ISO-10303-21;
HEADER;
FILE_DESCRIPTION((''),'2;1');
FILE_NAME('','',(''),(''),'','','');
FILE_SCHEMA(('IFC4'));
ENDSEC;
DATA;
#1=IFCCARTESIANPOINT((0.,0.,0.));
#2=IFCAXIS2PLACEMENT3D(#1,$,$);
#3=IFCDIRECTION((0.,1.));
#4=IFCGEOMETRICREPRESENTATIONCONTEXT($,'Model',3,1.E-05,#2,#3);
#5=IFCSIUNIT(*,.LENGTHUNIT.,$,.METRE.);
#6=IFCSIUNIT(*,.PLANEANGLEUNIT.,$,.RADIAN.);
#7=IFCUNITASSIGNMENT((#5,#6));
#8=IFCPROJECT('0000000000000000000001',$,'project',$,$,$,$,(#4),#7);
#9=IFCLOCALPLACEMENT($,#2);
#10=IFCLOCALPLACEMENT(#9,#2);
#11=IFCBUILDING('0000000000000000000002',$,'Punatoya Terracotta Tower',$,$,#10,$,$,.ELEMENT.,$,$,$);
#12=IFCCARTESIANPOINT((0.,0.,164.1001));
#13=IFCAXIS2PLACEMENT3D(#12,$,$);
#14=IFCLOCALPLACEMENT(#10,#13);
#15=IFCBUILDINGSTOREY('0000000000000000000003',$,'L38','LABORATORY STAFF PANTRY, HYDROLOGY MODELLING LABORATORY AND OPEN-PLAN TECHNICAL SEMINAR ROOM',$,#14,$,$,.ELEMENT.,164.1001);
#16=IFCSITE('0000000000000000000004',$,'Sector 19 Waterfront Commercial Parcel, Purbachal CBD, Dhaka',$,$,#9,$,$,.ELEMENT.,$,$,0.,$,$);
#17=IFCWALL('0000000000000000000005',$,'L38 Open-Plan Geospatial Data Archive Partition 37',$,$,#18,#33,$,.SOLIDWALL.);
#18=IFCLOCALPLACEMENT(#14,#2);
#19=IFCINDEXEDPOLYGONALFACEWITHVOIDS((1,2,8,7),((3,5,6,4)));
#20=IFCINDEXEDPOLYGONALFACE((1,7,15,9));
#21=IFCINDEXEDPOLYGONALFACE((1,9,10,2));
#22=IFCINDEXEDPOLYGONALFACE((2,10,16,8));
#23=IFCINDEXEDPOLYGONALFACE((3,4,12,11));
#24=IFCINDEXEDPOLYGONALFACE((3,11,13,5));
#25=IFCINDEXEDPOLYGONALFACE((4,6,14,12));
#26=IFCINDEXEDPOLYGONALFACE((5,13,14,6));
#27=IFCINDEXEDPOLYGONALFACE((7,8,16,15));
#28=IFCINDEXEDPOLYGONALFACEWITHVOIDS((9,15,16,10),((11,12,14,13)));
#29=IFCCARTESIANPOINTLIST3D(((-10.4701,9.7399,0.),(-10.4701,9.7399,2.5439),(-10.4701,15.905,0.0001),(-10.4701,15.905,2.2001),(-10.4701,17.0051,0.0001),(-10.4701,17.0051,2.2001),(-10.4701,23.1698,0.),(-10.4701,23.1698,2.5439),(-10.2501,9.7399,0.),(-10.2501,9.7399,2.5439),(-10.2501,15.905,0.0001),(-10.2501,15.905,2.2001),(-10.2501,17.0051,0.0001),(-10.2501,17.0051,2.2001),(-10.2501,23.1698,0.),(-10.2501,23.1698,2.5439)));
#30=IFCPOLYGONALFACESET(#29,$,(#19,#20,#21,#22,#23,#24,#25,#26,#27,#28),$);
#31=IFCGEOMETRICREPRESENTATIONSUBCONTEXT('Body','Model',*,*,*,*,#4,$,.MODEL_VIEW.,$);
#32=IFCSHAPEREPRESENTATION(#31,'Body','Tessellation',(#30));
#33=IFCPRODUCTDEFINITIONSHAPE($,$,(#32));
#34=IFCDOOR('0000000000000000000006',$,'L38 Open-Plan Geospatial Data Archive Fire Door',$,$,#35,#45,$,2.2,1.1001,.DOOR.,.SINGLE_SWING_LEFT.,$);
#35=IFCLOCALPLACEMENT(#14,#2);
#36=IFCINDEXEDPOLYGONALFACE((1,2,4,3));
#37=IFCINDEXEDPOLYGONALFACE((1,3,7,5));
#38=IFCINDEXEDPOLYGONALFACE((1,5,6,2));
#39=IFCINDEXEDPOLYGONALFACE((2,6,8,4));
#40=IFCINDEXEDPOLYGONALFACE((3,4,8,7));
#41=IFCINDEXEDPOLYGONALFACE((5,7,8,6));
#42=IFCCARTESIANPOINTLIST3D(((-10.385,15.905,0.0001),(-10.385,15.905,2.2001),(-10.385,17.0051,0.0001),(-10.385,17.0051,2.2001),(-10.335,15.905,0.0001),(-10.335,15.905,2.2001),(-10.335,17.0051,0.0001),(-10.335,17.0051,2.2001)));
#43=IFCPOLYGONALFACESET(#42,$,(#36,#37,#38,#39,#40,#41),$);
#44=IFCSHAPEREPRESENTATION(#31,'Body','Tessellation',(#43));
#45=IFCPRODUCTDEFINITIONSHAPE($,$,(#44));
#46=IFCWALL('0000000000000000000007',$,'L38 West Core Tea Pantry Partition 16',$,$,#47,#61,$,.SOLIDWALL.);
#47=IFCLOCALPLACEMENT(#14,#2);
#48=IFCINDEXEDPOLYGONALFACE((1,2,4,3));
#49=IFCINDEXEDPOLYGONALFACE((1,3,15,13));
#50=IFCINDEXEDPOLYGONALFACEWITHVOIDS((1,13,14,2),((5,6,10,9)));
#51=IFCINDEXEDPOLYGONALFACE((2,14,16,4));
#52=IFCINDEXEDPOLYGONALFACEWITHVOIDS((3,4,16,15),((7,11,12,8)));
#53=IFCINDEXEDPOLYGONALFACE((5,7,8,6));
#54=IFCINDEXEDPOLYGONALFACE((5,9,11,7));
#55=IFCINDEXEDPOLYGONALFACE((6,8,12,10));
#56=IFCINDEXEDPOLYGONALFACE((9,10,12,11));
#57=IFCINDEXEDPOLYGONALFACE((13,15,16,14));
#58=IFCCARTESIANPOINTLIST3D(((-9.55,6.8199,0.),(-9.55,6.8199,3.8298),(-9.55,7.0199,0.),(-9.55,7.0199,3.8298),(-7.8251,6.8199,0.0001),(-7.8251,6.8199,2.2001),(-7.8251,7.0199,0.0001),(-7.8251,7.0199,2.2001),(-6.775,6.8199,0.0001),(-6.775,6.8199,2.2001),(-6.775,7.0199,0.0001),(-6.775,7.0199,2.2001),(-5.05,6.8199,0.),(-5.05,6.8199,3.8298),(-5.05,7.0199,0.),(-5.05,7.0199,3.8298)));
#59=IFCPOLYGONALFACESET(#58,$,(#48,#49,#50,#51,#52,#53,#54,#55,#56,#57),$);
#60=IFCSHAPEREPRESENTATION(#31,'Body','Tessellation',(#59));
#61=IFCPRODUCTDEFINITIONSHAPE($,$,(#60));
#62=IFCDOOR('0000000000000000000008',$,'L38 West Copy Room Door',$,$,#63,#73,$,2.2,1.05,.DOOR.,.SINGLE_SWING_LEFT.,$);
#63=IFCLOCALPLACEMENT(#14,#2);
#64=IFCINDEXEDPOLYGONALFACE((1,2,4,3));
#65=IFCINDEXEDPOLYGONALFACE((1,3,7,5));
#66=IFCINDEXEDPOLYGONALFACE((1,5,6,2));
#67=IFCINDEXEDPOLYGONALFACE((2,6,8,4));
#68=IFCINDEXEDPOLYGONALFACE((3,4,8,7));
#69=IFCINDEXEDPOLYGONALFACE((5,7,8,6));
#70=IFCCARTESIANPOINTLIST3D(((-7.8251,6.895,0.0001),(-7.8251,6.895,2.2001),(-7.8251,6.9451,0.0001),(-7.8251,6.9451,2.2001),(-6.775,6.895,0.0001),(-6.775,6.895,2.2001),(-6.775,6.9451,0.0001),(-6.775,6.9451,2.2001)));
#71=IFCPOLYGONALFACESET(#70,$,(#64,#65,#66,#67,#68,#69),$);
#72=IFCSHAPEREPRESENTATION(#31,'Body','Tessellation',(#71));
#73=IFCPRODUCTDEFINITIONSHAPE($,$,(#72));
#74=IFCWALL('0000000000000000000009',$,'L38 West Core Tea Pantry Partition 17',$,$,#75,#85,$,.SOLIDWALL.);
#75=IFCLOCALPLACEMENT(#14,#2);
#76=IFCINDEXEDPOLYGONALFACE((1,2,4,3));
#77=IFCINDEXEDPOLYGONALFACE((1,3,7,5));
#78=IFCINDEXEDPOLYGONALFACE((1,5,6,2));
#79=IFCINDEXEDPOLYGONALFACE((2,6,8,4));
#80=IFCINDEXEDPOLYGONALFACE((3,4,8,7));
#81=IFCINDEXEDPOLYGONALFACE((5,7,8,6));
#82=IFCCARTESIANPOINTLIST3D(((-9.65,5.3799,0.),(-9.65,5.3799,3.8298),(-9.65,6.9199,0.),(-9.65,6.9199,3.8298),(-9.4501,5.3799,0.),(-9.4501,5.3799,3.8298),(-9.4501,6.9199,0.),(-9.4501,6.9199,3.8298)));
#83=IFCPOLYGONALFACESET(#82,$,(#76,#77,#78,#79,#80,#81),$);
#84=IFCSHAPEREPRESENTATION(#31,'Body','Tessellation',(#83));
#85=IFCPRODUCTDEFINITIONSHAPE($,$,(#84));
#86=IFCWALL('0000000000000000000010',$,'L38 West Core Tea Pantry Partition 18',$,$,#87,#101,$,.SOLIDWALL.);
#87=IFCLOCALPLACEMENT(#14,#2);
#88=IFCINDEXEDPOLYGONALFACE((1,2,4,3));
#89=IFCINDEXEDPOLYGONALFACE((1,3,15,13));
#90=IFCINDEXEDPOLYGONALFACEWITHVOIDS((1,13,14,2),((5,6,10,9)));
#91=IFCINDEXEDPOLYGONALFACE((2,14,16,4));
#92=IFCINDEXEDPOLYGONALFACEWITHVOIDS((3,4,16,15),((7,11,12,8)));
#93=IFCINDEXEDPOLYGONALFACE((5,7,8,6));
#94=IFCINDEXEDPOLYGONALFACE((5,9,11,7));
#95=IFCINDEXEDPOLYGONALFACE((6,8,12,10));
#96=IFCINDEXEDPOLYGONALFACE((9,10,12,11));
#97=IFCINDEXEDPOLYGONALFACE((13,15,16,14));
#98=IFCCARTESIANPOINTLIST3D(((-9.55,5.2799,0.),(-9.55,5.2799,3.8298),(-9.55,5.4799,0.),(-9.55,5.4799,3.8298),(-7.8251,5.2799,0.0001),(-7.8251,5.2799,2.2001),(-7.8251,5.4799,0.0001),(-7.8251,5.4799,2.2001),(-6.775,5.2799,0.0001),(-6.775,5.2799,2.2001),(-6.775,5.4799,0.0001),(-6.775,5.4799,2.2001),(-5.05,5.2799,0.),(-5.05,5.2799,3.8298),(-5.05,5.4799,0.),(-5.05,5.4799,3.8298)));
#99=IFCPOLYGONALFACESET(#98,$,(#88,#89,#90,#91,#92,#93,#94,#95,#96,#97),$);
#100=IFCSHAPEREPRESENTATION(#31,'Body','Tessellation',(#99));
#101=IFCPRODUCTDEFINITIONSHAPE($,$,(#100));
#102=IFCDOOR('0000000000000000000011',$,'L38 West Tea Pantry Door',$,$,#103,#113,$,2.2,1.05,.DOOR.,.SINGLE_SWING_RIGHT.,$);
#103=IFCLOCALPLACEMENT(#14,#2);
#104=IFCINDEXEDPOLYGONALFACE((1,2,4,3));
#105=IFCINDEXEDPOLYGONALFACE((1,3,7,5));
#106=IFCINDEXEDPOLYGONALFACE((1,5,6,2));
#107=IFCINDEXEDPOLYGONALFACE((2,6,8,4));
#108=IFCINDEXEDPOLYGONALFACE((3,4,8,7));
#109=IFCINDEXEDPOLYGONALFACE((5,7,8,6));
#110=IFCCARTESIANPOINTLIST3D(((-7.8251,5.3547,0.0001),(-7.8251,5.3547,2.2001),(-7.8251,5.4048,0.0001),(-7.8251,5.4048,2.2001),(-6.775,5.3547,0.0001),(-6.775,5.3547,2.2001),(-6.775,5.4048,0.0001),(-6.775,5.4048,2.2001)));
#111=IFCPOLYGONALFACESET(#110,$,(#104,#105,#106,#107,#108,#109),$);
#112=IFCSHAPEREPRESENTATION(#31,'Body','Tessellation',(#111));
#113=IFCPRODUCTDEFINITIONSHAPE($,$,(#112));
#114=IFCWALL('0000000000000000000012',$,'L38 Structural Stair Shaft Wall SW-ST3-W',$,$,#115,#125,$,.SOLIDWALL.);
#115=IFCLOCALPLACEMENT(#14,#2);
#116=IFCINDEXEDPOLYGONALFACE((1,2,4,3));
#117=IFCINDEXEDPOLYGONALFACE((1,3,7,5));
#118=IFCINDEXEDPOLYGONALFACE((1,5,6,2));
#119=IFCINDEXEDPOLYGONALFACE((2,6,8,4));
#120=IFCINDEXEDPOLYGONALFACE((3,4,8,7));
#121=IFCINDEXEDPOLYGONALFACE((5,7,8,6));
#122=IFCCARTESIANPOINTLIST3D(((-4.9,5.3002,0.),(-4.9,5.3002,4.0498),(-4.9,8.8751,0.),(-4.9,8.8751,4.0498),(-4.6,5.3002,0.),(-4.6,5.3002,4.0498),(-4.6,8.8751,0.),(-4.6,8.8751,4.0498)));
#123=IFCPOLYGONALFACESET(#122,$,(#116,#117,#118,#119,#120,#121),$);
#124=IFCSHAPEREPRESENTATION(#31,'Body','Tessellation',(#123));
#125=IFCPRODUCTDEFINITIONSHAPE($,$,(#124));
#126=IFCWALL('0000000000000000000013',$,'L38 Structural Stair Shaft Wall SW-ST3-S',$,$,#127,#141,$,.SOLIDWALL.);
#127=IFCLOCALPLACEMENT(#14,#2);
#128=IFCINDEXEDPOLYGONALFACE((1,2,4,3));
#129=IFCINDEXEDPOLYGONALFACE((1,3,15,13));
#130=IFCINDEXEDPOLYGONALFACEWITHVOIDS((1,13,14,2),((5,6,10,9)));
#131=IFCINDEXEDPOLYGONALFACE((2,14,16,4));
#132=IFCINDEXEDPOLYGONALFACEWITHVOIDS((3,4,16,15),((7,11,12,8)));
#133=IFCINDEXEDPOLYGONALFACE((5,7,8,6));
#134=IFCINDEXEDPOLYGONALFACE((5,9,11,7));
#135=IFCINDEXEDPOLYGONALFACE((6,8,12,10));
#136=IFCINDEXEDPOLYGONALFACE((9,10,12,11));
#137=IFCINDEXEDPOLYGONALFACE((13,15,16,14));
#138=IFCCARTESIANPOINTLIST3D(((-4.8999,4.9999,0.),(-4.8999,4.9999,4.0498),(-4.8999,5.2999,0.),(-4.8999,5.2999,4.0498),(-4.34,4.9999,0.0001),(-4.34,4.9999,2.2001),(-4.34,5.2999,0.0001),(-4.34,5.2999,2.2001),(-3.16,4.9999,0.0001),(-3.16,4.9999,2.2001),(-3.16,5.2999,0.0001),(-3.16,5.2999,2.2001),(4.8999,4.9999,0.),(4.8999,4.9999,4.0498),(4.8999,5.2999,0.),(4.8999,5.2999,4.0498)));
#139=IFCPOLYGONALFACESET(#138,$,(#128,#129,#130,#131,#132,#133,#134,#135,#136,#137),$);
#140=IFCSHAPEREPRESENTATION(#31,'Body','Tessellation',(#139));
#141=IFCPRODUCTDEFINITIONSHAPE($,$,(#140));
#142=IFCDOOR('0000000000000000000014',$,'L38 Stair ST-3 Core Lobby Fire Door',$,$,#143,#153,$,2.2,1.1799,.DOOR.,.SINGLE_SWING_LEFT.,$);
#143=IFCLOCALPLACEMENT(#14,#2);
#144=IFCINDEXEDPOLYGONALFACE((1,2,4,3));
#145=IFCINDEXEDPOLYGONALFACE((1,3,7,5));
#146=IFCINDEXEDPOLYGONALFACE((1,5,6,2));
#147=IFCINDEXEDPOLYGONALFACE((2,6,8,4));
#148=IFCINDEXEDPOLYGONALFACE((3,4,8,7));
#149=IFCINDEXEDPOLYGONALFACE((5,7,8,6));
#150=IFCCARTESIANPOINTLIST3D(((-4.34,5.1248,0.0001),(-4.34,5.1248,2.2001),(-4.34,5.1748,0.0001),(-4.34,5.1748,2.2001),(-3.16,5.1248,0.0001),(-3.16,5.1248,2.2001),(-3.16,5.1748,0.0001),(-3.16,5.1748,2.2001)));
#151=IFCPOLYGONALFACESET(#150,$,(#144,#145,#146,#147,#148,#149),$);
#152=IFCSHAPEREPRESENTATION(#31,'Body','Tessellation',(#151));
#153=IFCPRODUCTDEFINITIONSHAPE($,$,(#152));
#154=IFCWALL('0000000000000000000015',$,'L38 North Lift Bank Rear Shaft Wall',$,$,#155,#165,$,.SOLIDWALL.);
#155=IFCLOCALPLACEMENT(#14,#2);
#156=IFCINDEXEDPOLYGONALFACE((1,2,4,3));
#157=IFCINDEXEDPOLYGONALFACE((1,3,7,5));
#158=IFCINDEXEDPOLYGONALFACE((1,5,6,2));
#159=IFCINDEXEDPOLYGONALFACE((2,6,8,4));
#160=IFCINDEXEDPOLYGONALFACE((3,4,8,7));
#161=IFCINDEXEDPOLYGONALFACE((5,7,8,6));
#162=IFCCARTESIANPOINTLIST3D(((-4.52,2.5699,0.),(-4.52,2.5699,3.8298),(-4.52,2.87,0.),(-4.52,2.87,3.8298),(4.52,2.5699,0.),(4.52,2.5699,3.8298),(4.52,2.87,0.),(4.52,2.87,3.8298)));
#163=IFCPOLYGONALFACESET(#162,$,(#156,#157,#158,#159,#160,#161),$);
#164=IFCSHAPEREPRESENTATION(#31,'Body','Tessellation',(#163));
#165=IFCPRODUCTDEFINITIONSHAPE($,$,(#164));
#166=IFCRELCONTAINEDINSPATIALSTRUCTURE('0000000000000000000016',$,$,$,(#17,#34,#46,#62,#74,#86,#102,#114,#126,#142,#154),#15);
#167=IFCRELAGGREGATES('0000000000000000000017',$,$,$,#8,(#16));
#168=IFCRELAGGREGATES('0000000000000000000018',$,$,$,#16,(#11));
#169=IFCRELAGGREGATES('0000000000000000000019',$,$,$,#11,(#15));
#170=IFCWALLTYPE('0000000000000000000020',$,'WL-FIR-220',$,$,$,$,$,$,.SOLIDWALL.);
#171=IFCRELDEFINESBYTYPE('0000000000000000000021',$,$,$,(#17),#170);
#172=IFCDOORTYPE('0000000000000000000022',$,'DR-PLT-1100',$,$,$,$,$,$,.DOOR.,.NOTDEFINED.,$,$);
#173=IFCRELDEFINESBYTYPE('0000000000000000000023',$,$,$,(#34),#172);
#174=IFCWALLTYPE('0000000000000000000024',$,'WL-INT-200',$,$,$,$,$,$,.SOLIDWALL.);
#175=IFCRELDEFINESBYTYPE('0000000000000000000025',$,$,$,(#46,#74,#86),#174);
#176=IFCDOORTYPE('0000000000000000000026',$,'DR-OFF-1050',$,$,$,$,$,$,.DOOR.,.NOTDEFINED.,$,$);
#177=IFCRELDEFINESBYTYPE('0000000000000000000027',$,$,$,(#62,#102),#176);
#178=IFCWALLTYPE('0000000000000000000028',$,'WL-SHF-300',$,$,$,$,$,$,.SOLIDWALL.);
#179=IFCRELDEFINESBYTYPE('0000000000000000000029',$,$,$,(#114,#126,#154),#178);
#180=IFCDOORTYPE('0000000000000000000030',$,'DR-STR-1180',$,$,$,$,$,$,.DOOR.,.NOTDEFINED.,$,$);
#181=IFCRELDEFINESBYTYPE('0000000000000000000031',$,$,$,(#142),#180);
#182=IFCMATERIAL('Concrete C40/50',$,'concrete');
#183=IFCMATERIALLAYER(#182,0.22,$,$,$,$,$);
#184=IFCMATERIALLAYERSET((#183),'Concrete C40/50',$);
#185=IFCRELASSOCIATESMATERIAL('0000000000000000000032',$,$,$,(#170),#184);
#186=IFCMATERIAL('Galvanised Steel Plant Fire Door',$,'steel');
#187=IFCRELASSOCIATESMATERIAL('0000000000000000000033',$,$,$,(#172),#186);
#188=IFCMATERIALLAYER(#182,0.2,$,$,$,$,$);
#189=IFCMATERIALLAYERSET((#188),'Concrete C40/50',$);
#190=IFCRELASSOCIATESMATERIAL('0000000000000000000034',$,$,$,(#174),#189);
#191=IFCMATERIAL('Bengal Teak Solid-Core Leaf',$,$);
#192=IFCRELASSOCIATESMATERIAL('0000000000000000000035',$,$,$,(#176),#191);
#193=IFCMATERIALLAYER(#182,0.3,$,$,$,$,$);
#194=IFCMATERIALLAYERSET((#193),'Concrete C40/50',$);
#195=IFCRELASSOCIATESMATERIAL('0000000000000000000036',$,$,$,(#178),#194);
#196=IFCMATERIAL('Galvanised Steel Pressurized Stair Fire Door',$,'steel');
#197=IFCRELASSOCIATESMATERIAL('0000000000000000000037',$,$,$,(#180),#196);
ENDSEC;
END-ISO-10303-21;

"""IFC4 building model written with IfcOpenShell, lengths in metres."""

from ifc_helpers import new_model, si_unit, direction, frame, frame_2d, origin, place, context, subcontext, project, spatial, rectangle, extrude, material, layer, layer_set, type_object, element, fill, save


model = new_model("IFC4")

# Units and contexts
model_context = context("Model", 3, precision=1e-05, world=origin(), true_north=direction((0.0, 1.0)))
body_context = subcontext(model_context, "Body", "Model", "MODEL_VIEW")
ifc_project = project(units=[si_unit("LENGTHUNIT", "METRE"), si_unit("PLANEANGLEUNIT", "RADIAN")], contexts=[model_context])

# Site, building, storey
site_placement = place(None, origin())
site = spatial("IfcSite", under=ifc_project, at=site_placement, Name="Sector 19 Waterfront Commercial Parcel, Purbachal CBD, Dhaka", CompositionType="ELEMENT", RefElevation=0.0)
building_placement = place(site_placement, origin())
building = spatial("IfcBuilding", under=site, at=building_placement, Name="Punatoya Terracotta Tower", CompositionType="ELEMENT")
storey_placement = place(building_placement, frame((0.0, 0.0, 164.1001)))
storey = spatial("IfcBuildingStorey", under=building, at=storey_placement, Name="L38", Description="LABORATORY STAFF PANTRY, HYDROLOGY MODELLING LABORATORY AND OPEN-PLAN TECHNICAL SEMINAR ROOM", CompositionType="ELEMENT", Elevation=164.1001)

# Shared definitions
ifc_material_1 = material(Name="Concrete C40/50", Category="concrete")
ifc_layer_1 = layer(ifc_material_1, 0.22)
ifc_layer_set_1 = layer_set([ifc_layer_1], Name="Concrete C40/50")
wall_type_1 = type_object("IfcWallType", Name="WL-FIR-220", PredefinedType="SOLIDWALL", material=ifc_layer_set_1)

# Walls, openings, doors
wall_1_placement = place(storey_placement, frame((-10.3601, 9.74, 0.0), z_axis=(0.0, 0.0, 1.0), x_axis=(0.0, 1.0, 0.0)))
wall_1 = element("IfcWall", 1, at=wall_1_placement, inside=storey, type_object=wall_type_1, Name="L38 Open-Plan Geospatial Data Archive Partition 37", PredefinedType="SOLIDWALL", context=body_context, shape_type="SweptSolid", body=[
    extrude(rectangle(XDim=13.4299, YDim=0.22, at=frame_2d((6.7148, 0.0))), origin(), (0.0, 0.0, 1.0), 2.5439),
])
opening_1_placement = place(wall_1_placement, frame((6.165, 0.0, 0.0)))
opening_1 = element("IfcOpeningElement", 2, at=opening_1_placement, cuts=wall_1, PredefinedType="OPENING", context=body_context, shape_type="SweptSolid", body=[
    extrude(rectangle(XDim=1.1001, YDim=2.2, at=frame_2d((0.55, 1.1001))), frame((0.0, 0.1199, 0.0), z_axis=(0.0, -1.0, 0.0), x_axis=(1.0, 0.0, 0.0)), (0.0, 0.0, 1.0), 0.24),
])
ifc_material_2 = material(Name="Galvanised Steel Plant Fire Door", Category="steel")
door_type_1 = type_object("IfcDoorType", Name="DR-PLT-1100", OperationType="NOTDEFINED", PredefinedType="DOOR", material=ifc_material_2)
door_1_placement = place(opening_1_placement, origin())
door_1 = element("IfcDoor", 3, at=door_1_placement, inside=storey, type_object=door_type_1, Name="L38 Open-Plan Geospatial Data Archive Fire Door", OperationType="SINGLE_SWING_LEFT", OverallHeight=2.2, OverallWidth=1.1001, PredefinedType="DOOR", context=body_context, shape_type="SweptSolid", body=[
    extrude(rectangle(XDim=1.1001, YDim=2.2, at=frame_2d((0.55, 1.1001))), frame((0.0, 0.0249, 0.0), z_axis=(0.0, -1.0, 0.0), x_axis=(1.0, 0.0, 0.0)), (0.0, 0.0, 1.0), 0.05),
])
fill(opening_1, door_1)
ifc_layer_2 = layer(ifc_material_1, 0.2)
ifc_layer_set_2 = layer_set([ifc_layer_2], Name="Concrete C40/50")
wall_type_2 = type_object("IfcWallType", Name="WL-INT-200", PredefinedType="SOLIDWALL", material=ifc_layer_set_2)
wall_2_placement = place(storey_placement, frame((-5.05, 6.9199, 0.0), z_axis=(0.0, 0.0, 1.0), x_axis=(-1.0, 0.0, 0.0)))
wall_2 = element("IfcWall", 4, at=wall_2_placement, inside=storey, type_object=wall_type_2, Name="L38 West Core Tea Pantry Partition 16", PredefinedType="SOLIDWALL", context=body_context, shape_type="SweptSolid", body=[
    extrude(rectangle(XDim=4.5, YDim=0.2, at=frame_2d((2.25, 0.0))), origin(), (0.0, 0.0, 1.0), 3.8298),
])
opening_2_placement = place(wall_2_placement, frame((1.7251, 0.0, 0.0)))
opening_2 = element("IfcOpeningElement", 5, at=opening_2_placement, cuts=wall_2, PredefinedType="OPENING", context=body_context, shape_type="SweptSolid", body=[
    extrude(rectangle(XDim=1.05, YDim=2.2, at=frame_2d((0.5249, 1.1001))), frame((0.0, 0.1099, 0.0), z_axis=(0.0, -1.0, 0.0), x_axis=(1.0, 0.0, 0.0)), (0.0, 0.0, 1.0), 0.22),
])
ifc_material_3 = material(Name="Bengal Teak Solid-Core Leaf")
door_type_2 = type_object("IfcDoorType", Name="DR-OFF-1050", OperationType="NOTDEFINED", PredefinedType="DOOR", material=ifc_material_3)
door_2_placement = place(opening_2_placement, origin())
door_2 = element("IfcDoor", 6, at=door_2_placement, inside=storey, type_object=door_type_2, Name="L38 West Copy Room Door", OperationType="SINGLE_SWING_LEFT", OverallHeight=2.2, OverallWidth=1.05, PredefinedType="DOOR", context=body_context, shape_type="SweptSolid", body=[
    extrude(rectangle(XDim=1.05, YDim=2.2, at=frame_2d((0.5249, 1.1001))), frame((0.0, 0.0249, 0.0), z_axis=(0.0, -1.0, 0.0), x_axis=(1.0, 0.0, 0.0)), (0.0, 0.0, 1.0), 0.05),
])
fill(opening_2, door_2)

# Wall
wall_3_placement = place(storey_placement, frame((-9.55, 6.9199, 0.0), z_axis=(0.0, 0.0, 1.0), x_axis=(0.0, -1.0, 0.0)))
element("IfcWall", 7, at=wall_3_placement, inside=storey, type_object=wall_type_2, Name="L38 West Core Tea Pantry Partition 17", PredefinedType="SOLIDWALL", context=body_context, shape_type="SweptSolid", body=[
    extrude(rectangle(XDim=1.54, YDim=0.2, at=frame_2d((0.77, 0.0))), origin(), (0.0, 0.0, 1.0), 3.8298),
])

# Wall, opening, door
wall_4_placement = place(storey_placement, frame((-9.55, 5.3799, 0.0), z_axis=(0.0, 0.0, 1.0), x_axis=(1.0, 0.0, 0.0)))
wall_4 = element("IfcWall", 8, at=wall_4_placement, inside=storey, type_object=wall_type_2, Name="L38 West Core Tea Pantry Partition 18", PredefinedType="SOLIDWALL", context=body_context, shape_type="SweptSolid", body=[
    extrude(rectangle(XDim=4.5, YDim=0.2, at=frame_2d((2.25, 0.0))), origin(), (0.0, 0.0, 1.0), 3.8298),
])
opening_3_placement = place(wall_4_placement, frame((1.7251, 0.0, 0.0)))
opening_3 = element("IfcOpeningElement", 9, at=opening_3_placement, cuts=wall_4, PredefinedType="OPENING", context=body_context, shape_type="SweptSolid", body=[
    extrude(rectangle(XDim=1.05, YDim=2.2, at=frame_2d((0.5249, 1.1001))), frame((0.0, 0.1099, 0.0), z_axis=(0.0, -1.0, 0.0), x_axis=(1.0, 0.0, 0.0)), (0.0, 0.0, 1.0), 0.22),
])
door_3_placement = place(opening_3_placement, origin())
door_3 = element("IfcDoor", 10, at=door_3_placement, inside=storey, type_object=door_type_2, Name="L38 West Tea Pantry Door", OperationType="SINGLE_SWING_RIGHT", OverallHeight=2.2, OverallWidth=1.05, PredefinedType="DOOR", context=body_context, shape_type="SweptSolid", body=[
    extrude(rectangle(XDim=1.05, YDim=2.2, at=frame_2d((0.5249, 1.1001))), frame((0.0, 0.0249, 0.0), z_axis=(0.0, -1.0, 0.0), x_axis=(1.0, 0.0, 0.0)), (0.0, 0.0, 1.0), 0.05),
])
fill(opening_3, door_3)

# Wall
ifc_layer_3 = layer(ifc_material_1, 0.3)
ifc_layer_set_3 = layer_set([ifc_layer_3], Name="Concrete C40/50")
wall_type_3 = type_object("IfcWallType", Name="WL-SHF-300", PredefinedType="SOLIDWALL", material=ifc_layer_set_3)
wall_5_placement = place(storey_placement, frame((-4.75, 5.3, 0.0), z_axis=(0.0, 0.0, 1.0), x_axis=(0.0, 1.0, 0.0)))
element("IfcWall", 11, at=wall_5_placement, inside=storey, type_object=wall_type_3, Name="L38 Structural Stair Shaft Wall SW-ST3-W", PredefinedType="SOLIDWALL", context=body_context, shape_type="SweptSolid", body=[
    extrude(rectangle(XDim=3.575, YDim=0.3, at=frame_2d((1.7876, 0.0))), origin(), (0.0, 0.0, 1.0), 4.0498),
])

# Wall, opening, door
wall_6_placement = place(storey_placement, frame((-4.8999, 5.1499, 0.0), z_axis=(0.0, 0.0, 1.0), x_axis=(1.0, 0.0, 0.0)))
wall_6 = element("IfcWall", 12, at=wall_6_placement, inside=storey, type_object=wall_type_3, Name="L38 Structural Stair Shaft Wall SW-ST3-S", PredefinedType="SOLIDWALL", context=body_context, shape_type="SweptSolid", body=[
    extrude(rectangle(XDim=9.7998, YDim=0.3, at=frame_2d((4.8999, 0.0))), origin(), (0.0, 0.0, 1.0), 4.0498),
])
opening_4_placement = place(wall_6_placement, frame((0.5601, 0.0, 0.0)))
opening_4 = element("IfcOpeningElement", 13, at=opening_4_placement, cuts=wall_6, PredefinedType="OPENING", context=body_context, shape_type="SweptSolid", body=[
    extrude(rectangle(XDim=1.1799, YDim=2.2, at=frame_2d((0.5898, 1.1001))), frame((0.0, 0.1599, 0.0), z_axis=(0.0, -1.0, 0.0), x_axis=(1.0, 0.0, 0.0)), (0.0, 0.0, 1.0), 0.3201),
])
ifc_material_4 = material(Name="Galvanised Steel Pressurized Stair Fire Door", Category="steel")
door_type_3 = type_object("IfcDoorType", Name="DR-STR-1180", OperationType="NOTDEFINED", PredefinedType="DOOR", material=ifc_material_4)
door_4_placement = place(opening_4_placement, origin())
door_4 = element("IfcDoor", 14, at=door_4_placement, inside=storey, type_object=door_type_3, Name="L38 Stair ST-3 Core Lobby Fire Door", OperationType="SINGLE_SWING_LEFT", OverallHeight=2.2, OverallWidth=1.1799, PredefinedType="DOOR", context=body_context, shape_type="SweptSolid", body=[
    extrude(rectangle(XDim=1.1799, YDim=2.2, at=frame_2d((0.5898, 1.1001))), frame((0.0, 0.0249, 0.0), z_axis=(0.0, -1.0, 0.0), x_axis=(1.0, 0.0, 0.0)), (0.0, 0.0, 1.0), 0.05),
])
fill(opening_4, door_4)

# Wall
wall_7_placement = place(storey_placement, frame((-4.52, 2.72, 0.0), z_axis=(0.0, 0.0, 1.0), x_axis=(1.0, 0.0, 0.0)))
element("IfcWall", 15, at=wall_7_placement, inside=storey, type_object=wall_type_3, Name="L38 North Lift Bank Rear Shaft Wall", PredefinedType="SOLIDWALL", context=body_context, shape_type="SweptSolid", body=[
    extrude(rectangle(XDim=9.04, YDim=0.3, at=frame_2d((4.52, 0.0))), origin(), (0.0, 0.0, 1.0), 3.8298),
])

save(model, "model.ifc")
